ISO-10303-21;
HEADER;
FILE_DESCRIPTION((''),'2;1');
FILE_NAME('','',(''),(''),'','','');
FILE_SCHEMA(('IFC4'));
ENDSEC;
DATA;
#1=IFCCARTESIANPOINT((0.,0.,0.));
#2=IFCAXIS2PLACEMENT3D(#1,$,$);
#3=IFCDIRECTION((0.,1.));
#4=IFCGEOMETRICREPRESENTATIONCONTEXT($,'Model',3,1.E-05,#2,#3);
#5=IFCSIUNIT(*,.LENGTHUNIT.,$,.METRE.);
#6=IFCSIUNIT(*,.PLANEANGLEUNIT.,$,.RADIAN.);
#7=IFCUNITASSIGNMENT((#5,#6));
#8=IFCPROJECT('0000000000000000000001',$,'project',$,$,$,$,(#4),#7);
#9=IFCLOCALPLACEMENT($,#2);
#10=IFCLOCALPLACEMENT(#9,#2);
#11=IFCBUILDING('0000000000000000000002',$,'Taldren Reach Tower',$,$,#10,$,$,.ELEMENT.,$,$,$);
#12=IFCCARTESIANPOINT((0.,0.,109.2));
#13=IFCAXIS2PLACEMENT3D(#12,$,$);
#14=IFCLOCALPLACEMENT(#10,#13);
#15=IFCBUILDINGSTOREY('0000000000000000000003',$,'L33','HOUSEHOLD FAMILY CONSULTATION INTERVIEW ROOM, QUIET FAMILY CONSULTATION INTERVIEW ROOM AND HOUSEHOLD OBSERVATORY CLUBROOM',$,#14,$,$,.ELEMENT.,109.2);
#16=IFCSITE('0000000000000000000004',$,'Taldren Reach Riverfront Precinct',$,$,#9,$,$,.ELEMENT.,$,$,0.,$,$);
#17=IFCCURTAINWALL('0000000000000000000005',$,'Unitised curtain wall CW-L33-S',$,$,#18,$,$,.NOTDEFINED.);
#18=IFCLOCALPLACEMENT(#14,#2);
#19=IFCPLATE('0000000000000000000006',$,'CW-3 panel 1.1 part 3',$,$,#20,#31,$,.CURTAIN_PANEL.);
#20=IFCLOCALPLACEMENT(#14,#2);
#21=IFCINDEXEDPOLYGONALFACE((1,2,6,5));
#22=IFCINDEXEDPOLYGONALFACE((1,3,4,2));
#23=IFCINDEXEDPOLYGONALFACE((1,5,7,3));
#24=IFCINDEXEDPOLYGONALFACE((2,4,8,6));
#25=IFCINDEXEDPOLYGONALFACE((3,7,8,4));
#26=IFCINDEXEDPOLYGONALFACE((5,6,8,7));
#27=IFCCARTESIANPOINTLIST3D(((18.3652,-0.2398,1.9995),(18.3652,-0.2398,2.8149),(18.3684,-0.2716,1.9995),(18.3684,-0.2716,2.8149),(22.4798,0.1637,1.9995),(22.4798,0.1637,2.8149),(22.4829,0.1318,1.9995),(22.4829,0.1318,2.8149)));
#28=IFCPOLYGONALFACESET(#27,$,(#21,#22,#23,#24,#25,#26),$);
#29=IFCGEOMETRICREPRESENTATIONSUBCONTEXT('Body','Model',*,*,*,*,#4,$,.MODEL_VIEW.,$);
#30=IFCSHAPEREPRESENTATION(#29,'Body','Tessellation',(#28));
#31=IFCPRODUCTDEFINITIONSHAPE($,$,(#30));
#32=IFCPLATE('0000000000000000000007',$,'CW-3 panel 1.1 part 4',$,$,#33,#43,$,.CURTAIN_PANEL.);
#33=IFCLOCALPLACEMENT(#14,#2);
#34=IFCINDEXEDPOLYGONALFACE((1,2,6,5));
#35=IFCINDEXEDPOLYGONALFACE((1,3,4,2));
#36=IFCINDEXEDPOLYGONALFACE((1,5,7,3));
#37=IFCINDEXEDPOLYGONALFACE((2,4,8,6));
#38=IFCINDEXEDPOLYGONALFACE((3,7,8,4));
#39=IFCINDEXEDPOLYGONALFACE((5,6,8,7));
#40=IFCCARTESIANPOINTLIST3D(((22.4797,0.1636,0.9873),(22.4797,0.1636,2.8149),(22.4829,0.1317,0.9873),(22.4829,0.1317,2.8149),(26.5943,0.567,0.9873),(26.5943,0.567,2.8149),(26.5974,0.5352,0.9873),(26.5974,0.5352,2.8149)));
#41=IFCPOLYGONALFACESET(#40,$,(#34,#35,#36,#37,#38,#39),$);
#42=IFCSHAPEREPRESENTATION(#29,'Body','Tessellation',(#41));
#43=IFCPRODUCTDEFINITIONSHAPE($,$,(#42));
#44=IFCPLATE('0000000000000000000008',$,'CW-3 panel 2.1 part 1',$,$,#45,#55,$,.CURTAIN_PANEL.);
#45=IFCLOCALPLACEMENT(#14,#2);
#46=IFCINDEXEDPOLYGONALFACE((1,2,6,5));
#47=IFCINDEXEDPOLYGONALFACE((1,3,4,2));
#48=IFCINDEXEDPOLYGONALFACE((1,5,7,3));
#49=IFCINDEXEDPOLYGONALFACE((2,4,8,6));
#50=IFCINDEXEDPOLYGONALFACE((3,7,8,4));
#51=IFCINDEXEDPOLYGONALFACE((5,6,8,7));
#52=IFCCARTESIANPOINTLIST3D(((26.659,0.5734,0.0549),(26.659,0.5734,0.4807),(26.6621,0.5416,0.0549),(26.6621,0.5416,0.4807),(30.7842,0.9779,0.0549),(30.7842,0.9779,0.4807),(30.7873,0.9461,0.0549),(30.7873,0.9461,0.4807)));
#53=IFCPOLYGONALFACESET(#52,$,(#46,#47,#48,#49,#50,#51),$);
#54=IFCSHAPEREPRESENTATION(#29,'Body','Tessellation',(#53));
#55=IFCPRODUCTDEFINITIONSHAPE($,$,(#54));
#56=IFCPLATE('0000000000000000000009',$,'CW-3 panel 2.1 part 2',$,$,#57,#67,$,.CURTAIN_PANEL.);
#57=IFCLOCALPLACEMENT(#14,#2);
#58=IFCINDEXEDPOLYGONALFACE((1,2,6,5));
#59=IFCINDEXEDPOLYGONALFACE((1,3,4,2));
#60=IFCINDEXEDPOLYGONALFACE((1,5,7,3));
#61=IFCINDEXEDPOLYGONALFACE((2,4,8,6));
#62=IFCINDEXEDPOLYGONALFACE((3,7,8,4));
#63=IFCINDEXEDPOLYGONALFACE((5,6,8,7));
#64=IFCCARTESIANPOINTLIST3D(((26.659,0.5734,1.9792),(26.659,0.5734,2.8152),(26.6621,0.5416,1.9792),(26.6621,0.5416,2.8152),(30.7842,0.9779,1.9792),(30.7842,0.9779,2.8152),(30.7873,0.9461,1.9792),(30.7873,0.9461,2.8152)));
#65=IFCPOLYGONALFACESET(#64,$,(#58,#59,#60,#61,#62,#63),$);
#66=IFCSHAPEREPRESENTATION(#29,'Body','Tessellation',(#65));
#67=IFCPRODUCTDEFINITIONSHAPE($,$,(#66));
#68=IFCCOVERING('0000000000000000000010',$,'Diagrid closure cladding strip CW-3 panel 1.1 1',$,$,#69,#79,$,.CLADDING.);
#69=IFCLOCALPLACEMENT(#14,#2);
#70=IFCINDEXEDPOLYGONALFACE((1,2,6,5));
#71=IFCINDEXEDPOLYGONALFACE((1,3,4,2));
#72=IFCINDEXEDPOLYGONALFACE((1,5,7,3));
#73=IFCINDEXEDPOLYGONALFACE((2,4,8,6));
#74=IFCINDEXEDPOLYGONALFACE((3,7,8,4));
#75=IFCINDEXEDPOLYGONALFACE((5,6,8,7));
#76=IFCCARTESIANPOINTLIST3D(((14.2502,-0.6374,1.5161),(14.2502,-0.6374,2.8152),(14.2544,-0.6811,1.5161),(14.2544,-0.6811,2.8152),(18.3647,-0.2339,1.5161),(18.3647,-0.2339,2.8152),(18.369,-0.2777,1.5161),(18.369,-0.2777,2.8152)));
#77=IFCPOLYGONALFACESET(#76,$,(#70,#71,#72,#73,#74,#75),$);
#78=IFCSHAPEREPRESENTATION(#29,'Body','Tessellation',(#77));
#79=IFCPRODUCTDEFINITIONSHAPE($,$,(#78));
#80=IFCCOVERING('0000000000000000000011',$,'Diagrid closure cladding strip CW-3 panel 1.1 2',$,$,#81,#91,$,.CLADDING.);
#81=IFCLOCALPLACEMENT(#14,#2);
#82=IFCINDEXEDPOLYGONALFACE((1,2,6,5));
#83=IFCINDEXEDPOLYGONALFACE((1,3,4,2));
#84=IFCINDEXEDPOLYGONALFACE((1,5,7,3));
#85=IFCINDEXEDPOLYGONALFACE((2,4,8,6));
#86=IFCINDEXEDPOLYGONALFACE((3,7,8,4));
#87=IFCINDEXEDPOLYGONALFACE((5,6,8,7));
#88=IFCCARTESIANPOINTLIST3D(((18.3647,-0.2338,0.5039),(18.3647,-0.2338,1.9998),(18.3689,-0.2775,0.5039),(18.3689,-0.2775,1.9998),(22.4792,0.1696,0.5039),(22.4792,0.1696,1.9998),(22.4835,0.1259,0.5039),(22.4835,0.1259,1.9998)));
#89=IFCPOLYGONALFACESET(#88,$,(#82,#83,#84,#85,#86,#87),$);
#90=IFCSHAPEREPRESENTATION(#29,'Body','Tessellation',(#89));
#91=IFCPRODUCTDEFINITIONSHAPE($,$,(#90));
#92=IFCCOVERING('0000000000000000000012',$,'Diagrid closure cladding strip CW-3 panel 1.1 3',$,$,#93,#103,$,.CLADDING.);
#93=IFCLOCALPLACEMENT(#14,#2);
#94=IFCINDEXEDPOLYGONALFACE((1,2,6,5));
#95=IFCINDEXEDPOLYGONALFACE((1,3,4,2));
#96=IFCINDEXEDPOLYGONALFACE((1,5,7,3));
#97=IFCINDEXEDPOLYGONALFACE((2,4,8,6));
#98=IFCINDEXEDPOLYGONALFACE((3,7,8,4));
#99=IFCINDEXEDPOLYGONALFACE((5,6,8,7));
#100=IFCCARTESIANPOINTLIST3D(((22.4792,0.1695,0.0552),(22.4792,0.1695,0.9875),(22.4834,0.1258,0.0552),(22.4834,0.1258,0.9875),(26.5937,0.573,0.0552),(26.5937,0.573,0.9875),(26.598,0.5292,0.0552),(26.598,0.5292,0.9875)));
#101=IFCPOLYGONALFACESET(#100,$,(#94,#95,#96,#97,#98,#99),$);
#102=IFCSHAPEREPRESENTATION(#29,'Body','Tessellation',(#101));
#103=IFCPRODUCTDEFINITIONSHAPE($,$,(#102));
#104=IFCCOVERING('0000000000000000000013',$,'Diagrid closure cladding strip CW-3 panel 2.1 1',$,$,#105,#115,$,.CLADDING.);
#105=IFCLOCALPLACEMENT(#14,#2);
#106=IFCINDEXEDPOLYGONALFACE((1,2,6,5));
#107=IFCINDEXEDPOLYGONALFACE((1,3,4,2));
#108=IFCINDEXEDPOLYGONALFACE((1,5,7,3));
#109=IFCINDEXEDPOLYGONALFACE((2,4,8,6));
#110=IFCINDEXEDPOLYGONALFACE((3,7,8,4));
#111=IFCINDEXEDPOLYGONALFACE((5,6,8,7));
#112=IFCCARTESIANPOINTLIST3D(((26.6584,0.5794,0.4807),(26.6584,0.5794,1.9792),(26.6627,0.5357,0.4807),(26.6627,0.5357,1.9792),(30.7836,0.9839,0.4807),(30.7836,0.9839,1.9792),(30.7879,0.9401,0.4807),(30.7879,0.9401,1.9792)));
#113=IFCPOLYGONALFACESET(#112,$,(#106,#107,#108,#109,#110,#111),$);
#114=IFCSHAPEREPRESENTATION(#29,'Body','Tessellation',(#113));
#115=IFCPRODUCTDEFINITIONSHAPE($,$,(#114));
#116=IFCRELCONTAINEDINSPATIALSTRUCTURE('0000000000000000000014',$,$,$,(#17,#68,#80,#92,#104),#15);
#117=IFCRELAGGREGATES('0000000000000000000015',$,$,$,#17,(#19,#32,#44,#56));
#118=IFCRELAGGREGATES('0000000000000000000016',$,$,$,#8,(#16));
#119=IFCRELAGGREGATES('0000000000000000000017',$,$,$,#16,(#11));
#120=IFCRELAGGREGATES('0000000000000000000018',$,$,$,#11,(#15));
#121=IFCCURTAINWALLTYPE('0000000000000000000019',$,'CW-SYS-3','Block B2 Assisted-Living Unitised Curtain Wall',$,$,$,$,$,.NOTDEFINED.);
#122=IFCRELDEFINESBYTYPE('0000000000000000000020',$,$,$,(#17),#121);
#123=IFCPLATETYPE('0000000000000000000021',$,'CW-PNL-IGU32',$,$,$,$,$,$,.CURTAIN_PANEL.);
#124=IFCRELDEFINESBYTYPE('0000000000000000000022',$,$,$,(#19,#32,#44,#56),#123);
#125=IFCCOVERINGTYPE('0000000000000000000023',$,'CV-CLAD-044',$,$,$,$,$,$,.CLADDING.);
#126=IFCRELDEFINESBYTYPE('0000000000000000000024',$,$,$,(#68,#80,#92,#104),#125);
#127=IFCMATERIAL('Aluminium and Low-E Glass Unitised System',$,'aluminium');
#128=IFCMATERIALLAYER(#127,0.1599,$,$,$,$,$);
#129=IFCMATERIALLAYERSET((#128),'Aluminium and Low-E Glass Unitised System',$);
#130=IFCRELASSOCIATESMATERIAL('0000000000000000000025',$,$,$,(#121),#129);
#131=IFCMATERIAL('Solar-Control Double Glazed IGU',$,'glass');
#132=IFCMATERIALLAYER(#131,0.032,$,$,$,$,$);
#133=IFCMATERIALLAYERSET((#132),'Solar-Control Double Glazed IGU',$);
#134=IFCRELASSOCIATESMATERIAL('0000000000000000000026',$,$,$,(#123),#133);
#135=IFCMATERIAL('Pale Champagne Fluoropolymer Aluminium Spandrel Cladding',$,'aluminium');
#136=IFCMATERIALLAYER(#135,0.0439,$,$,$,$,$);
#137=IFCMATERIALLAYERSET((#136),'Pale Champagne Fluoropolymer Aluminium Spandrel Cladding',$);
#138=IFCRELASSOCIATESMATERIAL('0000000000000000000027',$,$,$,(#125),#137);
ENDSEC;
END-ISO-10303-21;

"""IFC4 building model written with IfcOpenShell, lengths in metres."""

from ifc_helpers import new_model, si_unit, direction, frame, origin, origin_2d, place, context, subcontext, project, spatial, rectangle, extrude, source, transform, mapped, material, layer, layer_set, type_object, element, aggregate, save


model = new_model("IFC4")

# Units and contexts
model_context = context("Model", 3, precision=1e-05, world=origin(), true_north=direction((0.0, 1.0)))
body_context = subcontext(model_context, "Body", "Model", "MODEL_VIEW")
ifc_project = project(units=[si_unit("LENGTHUNIT", "METRE"), si_unit("PLANEANGLEUNIT", "RADIAN")], contexts=[model_context])

# Site, building, storey
site_placement = place(None, origin())
site = spatial("IfcSite", under=ifc_project, at=site_placement, Name="Taldren Reach Riverfront Precinct", CompositionType="ELEMENT", RefElevation=0.0)
building_placement = place(site_placement, origin())
building = spatial("IfcBuilding", under=site, at=building_placement, Name="Taldren Reach Tower", CompositionType="ELEMENT")
storey_placement = place(building_placement, frame((0.0, 0.0, 109.2)))
storey = spatial("IfcBuildingStorey", under=building, at=storey_placement, Name="L33", Description="HOUSEHOLD FAMILY CONSULTATION INTERVIEW ROOM, QUIET FAMILY CONSULTATION INTERVIEW ROOM AND HOUSEHOLD OBSERVATORY CLUBROOM", CompositionType="ELEMENT", Elevation=109.2)

# Curtain wall
ifc_material_1 = material(Name="Aluminium and Low-E Glass Unitised System", Category="aluminium")
ifc_layer_1 = layer(ifc_material_1, 0.1599)
ifc_layer_set_1 = layer_set([ifc_layer_1], Name="Aluminium and Low-E Glass Unitised System")
curtain_wall_type = type_object("IfcCurtainWallType", Name="CW-SYS-3", Description="Block B2 Assisted-Living Unitised Curtain Wall", PredefinedType="NOTDEFINED", material=ifc_layer_set_1)
curtain_wall_placement = place(storey_placement, origin())
curtain_wall = element("IfcCurtainWall", 1, at=curtain_wall_placement, inside=storey, type_object=curtain_wall_type, Name="Unitised curtain wall CW-L33-S", PredefinedType="NOTDEFINED")

# Plates
ifc_material_2 = material(Name="Solar-Control Double Glazed IGU", Category="glass")
ifc_layer_2 = layer(ifc_material_2, 0.032)
ifc_layer_set_2 = layer_set([ifc_layer_2], Name="Solar-Control Double Glazed IGU")
plate_type_1 = type_object("IfcPlateType", Name="CW-PNL-IGU32", PredefinedType="CURTAIN_PANEL", material=ifc_layer_set_2)
shared_shape_1 = source(origin(), body_context, "Body", "SweptSolid", [
    extrude(rectangle(XDim=4.1343, YDim=0.032, at=origin_2d()), origin(), (0.0, 0.0, 1.0), 0.8154),
])
plate_1_placement = place(storey_placement, frame((20.4241, -0.054, 1.9995), z_axis=(0.0, 0.0, 1.0), x_axis=(0.995227, 0.097583, 0.0)))
plate_1 = element("IfcPlate", 2, at=plate_1_placement, type_object=plate_type_1, Name="CW-3 panel 1.1 part 3", PredefinedType="CURTAIN_PANEL", context=body_context, shape_type="MappedRepresentation", body=[
    mapped(shared_shape_1, transform((0.0, 0.0, 0.0), scale=1.0)),
])
shared_shape_2 = source(origin(), body_context, "Body", "SweptSolid", [
    extrude(rectangle(XDim=4.1343, YDim=0.032, at=origin_2d()), origin(), (0.0, 0.0, 1.0), 1.8276),
])
plate_2_placement = place(storey_placement, frame((24.5386, 0.3494, 0.9873), z_axis=(0.0, 0.0, 1.0), x_axis=(0.995227, 0.097583, 0.0)))
plate_2 = element("IfcPlate", 3, at=plate_2_placement, type_object=plate_type_1, Name="CW-3 panel 1.1 part 4", PredefinedType="CURTAIN_PANEL", context=body_context, shape_type="MappedRepresentation", body=[
    mapped(shared_shape_2, transform((0.0, 0.0, 0.0), scale=1.0)),
])
shared_shape_3 = source(origin(), body_context, "Body", "SweptSolid", [
    extrude(rectangle(XDim=4.145, YDim=0.032, at=origin_2d()), origin(), (0.0, 0.0, 1.0), 0.4258),
])
plate_3_placement = place(storey_placement, frame((28.7231, 0.7598, 0.0549), z_axis=(0.0, 0.0, 1.0), x_axis=(0.995227, 0.097583, 0.0)))
plate_3 = element("IfcPlate", 4, at=plate_3_placement, type_object=plate_type_1, Name="CW-3 panel 2.1 part 1", PredefinedType="CURTAIN_PANEL", context=body_context, shape_type="MappedRepresentation", body=[
    mapped(shared_shape_3, transform((0.0, 0.0, 0.0), scale=1.0)),
])
shared_shape_4 = source(origin(), body_context, "Body", "SweptSolid", [
    extrude(rectangle(XDim=4.145, YDim=0.032, at=origin_2d()), origin(), (0.0, 0.0, 1.0), 0.8359),
])
plate_4_placement = place(storey_placement, frame((28.7231, 0.7598, 1.9792), z_axis=(0.0, 0.0, 1.0), x_axis=(0.995227, 0.097583, 0.0)))
plate_4 = element("IfcPlate", 5, at=plate_4_placement, type_object=plate_type_1, Name="CW-3 panel 2.1 part 2", PredefinedType="CURTAIN_PANEL", context=body_context, shape_type="MappedRepresentation", body=[
    mapped(shared_shape_4, transform((0.0, 0.0, 0.0), scale=1.0)),
])
aggregate(curtain_wall, [plate_1, plate_2, plate_3, plate_4])

# Coverings
ifc_material_3 = material(Name="Pale Champagne Fluoropolymer Aluminium Spandrel Cladding", Category="aluminium")
ifc_layer_3 = layer(ifc_material_3, 0.0439)
ifc_layer_set_3 = layer_set([ifc_layer_3], Name="Pale Champagne Fluoropolymer Aluminium Spandrel Cladding")
covering_type = type_object("IfcCoveringType", Name="CV-CLAD-044", PredefinedType="CLADDING", material=ifc_layer_set_3)
shared_shape_5 = source(origin(), body_context, "Body", "SweptSolid", [
    extrude(rectangle(XDim=4.1343, YDim=0.0439, at=origin_2d()), origin(), (0.0, 0.0, 1.0), 1.2991),
])
covering_1_placement = place(storey_placement, frame((16.3096, -0.4575, 1.5161), z_axis=(0.0, 0.0, 1.0), x_axis=(0.995227, 0.097583, 0.0)))
element("IfcCovering", 6, at=covering_1_placement, inside=storey, type_object=covering_type, Name="Diagrid closure cladding strip CW-3 panel 1.1 1", PredefinedType="CLADDING", context=body_context, shape_type="MappedRepresentation", body=[
    mapped(shared_shape_5, transform((0.0, 0.0, 0.0), scale=1.0)),
])
shared_shape_6 = source(origin(), body_context, "Body", "SweptSolid", [
    extrude(rectangle(XDim=4.1343, YDim=0.0439, at=origin_2d()), origin(), (0.0, 0.0, 1.0), 1.4958),
])
covering_2_placement = place(storey_placement, frame((20.4241, -0.054, 0.5039), z_axis=(0.0, 0.0, 1.0), x_axis=(0.995227, 0.097583, 0.0)))
element("IfcCovering", 7, at=covering_2_placement, inside=storey, type_object=covering_type, Name="Diagrid closure cladding strip CW-3 panel 1.1 2", PredefinedType="CLADDING", context=body_context, shape_type="MappedRepresentation", body=[
    mapped(shared_shape_6, transform((0.0, 0.0, 0.0), scale=1.0)),
])
shared_shape_7 = source(origin(), body_context, "Body", "SweptSolid", [
    extrude(rectangle(XDim=4.1343, YDim=0.0439, at=origin_2d()), origin(), (0.0, 0.0, 1.0), 0.9324),
])
covering_3_placement = place(storey_placement, frame((24.5386, 0.3494, 0.0552), z_axis=(0.0, 0.0, 1.0), x_axis=(0.995227, 0.097583, 0.0)))
element("IfcCovering", 8, at=covering_3_placement, inside=storey, type_object=covering_type, Name="Diagrid closure cladding strip CW-3 panel 1.1 3", PredefinedType="CLADDING", context=body_context, shape_type="MappedRepresentation", body=[
    mapped(shared_shape_7, transform((0.0, 0.0, 0.0), scale=1.0)),
])
shared_shape_8 = source(origin(), body_context, "Body", "SweptSolid", [
    extrude(rectangle(XDim=4.145, YDim=0.0439, at=origin_2d()), origin(), (0.0, 0.0, 1.0), 1.4985),
])
covering_4_placement = place(storey_placement, frame((28.7231, 0.7598, 0.4807), z_axis=(0.0, 0.0, 1.0), x_axis=(0.995227, 0.097583, 0.0)))
element("IfcCovering", 9, at=covering_4_placement, inside=storey, type_object=covering_type, Name="Diagrid closure cladding strip CW-3 panel 2.1 1", PredefinedType="CLADDING", context=body_context, shape_type="MappedRepresentation", body=[
    mapped(shared_shape_8, transform((0.0, 0.0, 0.0), scale=1.0)),
])

save(model, "model.ifc")
